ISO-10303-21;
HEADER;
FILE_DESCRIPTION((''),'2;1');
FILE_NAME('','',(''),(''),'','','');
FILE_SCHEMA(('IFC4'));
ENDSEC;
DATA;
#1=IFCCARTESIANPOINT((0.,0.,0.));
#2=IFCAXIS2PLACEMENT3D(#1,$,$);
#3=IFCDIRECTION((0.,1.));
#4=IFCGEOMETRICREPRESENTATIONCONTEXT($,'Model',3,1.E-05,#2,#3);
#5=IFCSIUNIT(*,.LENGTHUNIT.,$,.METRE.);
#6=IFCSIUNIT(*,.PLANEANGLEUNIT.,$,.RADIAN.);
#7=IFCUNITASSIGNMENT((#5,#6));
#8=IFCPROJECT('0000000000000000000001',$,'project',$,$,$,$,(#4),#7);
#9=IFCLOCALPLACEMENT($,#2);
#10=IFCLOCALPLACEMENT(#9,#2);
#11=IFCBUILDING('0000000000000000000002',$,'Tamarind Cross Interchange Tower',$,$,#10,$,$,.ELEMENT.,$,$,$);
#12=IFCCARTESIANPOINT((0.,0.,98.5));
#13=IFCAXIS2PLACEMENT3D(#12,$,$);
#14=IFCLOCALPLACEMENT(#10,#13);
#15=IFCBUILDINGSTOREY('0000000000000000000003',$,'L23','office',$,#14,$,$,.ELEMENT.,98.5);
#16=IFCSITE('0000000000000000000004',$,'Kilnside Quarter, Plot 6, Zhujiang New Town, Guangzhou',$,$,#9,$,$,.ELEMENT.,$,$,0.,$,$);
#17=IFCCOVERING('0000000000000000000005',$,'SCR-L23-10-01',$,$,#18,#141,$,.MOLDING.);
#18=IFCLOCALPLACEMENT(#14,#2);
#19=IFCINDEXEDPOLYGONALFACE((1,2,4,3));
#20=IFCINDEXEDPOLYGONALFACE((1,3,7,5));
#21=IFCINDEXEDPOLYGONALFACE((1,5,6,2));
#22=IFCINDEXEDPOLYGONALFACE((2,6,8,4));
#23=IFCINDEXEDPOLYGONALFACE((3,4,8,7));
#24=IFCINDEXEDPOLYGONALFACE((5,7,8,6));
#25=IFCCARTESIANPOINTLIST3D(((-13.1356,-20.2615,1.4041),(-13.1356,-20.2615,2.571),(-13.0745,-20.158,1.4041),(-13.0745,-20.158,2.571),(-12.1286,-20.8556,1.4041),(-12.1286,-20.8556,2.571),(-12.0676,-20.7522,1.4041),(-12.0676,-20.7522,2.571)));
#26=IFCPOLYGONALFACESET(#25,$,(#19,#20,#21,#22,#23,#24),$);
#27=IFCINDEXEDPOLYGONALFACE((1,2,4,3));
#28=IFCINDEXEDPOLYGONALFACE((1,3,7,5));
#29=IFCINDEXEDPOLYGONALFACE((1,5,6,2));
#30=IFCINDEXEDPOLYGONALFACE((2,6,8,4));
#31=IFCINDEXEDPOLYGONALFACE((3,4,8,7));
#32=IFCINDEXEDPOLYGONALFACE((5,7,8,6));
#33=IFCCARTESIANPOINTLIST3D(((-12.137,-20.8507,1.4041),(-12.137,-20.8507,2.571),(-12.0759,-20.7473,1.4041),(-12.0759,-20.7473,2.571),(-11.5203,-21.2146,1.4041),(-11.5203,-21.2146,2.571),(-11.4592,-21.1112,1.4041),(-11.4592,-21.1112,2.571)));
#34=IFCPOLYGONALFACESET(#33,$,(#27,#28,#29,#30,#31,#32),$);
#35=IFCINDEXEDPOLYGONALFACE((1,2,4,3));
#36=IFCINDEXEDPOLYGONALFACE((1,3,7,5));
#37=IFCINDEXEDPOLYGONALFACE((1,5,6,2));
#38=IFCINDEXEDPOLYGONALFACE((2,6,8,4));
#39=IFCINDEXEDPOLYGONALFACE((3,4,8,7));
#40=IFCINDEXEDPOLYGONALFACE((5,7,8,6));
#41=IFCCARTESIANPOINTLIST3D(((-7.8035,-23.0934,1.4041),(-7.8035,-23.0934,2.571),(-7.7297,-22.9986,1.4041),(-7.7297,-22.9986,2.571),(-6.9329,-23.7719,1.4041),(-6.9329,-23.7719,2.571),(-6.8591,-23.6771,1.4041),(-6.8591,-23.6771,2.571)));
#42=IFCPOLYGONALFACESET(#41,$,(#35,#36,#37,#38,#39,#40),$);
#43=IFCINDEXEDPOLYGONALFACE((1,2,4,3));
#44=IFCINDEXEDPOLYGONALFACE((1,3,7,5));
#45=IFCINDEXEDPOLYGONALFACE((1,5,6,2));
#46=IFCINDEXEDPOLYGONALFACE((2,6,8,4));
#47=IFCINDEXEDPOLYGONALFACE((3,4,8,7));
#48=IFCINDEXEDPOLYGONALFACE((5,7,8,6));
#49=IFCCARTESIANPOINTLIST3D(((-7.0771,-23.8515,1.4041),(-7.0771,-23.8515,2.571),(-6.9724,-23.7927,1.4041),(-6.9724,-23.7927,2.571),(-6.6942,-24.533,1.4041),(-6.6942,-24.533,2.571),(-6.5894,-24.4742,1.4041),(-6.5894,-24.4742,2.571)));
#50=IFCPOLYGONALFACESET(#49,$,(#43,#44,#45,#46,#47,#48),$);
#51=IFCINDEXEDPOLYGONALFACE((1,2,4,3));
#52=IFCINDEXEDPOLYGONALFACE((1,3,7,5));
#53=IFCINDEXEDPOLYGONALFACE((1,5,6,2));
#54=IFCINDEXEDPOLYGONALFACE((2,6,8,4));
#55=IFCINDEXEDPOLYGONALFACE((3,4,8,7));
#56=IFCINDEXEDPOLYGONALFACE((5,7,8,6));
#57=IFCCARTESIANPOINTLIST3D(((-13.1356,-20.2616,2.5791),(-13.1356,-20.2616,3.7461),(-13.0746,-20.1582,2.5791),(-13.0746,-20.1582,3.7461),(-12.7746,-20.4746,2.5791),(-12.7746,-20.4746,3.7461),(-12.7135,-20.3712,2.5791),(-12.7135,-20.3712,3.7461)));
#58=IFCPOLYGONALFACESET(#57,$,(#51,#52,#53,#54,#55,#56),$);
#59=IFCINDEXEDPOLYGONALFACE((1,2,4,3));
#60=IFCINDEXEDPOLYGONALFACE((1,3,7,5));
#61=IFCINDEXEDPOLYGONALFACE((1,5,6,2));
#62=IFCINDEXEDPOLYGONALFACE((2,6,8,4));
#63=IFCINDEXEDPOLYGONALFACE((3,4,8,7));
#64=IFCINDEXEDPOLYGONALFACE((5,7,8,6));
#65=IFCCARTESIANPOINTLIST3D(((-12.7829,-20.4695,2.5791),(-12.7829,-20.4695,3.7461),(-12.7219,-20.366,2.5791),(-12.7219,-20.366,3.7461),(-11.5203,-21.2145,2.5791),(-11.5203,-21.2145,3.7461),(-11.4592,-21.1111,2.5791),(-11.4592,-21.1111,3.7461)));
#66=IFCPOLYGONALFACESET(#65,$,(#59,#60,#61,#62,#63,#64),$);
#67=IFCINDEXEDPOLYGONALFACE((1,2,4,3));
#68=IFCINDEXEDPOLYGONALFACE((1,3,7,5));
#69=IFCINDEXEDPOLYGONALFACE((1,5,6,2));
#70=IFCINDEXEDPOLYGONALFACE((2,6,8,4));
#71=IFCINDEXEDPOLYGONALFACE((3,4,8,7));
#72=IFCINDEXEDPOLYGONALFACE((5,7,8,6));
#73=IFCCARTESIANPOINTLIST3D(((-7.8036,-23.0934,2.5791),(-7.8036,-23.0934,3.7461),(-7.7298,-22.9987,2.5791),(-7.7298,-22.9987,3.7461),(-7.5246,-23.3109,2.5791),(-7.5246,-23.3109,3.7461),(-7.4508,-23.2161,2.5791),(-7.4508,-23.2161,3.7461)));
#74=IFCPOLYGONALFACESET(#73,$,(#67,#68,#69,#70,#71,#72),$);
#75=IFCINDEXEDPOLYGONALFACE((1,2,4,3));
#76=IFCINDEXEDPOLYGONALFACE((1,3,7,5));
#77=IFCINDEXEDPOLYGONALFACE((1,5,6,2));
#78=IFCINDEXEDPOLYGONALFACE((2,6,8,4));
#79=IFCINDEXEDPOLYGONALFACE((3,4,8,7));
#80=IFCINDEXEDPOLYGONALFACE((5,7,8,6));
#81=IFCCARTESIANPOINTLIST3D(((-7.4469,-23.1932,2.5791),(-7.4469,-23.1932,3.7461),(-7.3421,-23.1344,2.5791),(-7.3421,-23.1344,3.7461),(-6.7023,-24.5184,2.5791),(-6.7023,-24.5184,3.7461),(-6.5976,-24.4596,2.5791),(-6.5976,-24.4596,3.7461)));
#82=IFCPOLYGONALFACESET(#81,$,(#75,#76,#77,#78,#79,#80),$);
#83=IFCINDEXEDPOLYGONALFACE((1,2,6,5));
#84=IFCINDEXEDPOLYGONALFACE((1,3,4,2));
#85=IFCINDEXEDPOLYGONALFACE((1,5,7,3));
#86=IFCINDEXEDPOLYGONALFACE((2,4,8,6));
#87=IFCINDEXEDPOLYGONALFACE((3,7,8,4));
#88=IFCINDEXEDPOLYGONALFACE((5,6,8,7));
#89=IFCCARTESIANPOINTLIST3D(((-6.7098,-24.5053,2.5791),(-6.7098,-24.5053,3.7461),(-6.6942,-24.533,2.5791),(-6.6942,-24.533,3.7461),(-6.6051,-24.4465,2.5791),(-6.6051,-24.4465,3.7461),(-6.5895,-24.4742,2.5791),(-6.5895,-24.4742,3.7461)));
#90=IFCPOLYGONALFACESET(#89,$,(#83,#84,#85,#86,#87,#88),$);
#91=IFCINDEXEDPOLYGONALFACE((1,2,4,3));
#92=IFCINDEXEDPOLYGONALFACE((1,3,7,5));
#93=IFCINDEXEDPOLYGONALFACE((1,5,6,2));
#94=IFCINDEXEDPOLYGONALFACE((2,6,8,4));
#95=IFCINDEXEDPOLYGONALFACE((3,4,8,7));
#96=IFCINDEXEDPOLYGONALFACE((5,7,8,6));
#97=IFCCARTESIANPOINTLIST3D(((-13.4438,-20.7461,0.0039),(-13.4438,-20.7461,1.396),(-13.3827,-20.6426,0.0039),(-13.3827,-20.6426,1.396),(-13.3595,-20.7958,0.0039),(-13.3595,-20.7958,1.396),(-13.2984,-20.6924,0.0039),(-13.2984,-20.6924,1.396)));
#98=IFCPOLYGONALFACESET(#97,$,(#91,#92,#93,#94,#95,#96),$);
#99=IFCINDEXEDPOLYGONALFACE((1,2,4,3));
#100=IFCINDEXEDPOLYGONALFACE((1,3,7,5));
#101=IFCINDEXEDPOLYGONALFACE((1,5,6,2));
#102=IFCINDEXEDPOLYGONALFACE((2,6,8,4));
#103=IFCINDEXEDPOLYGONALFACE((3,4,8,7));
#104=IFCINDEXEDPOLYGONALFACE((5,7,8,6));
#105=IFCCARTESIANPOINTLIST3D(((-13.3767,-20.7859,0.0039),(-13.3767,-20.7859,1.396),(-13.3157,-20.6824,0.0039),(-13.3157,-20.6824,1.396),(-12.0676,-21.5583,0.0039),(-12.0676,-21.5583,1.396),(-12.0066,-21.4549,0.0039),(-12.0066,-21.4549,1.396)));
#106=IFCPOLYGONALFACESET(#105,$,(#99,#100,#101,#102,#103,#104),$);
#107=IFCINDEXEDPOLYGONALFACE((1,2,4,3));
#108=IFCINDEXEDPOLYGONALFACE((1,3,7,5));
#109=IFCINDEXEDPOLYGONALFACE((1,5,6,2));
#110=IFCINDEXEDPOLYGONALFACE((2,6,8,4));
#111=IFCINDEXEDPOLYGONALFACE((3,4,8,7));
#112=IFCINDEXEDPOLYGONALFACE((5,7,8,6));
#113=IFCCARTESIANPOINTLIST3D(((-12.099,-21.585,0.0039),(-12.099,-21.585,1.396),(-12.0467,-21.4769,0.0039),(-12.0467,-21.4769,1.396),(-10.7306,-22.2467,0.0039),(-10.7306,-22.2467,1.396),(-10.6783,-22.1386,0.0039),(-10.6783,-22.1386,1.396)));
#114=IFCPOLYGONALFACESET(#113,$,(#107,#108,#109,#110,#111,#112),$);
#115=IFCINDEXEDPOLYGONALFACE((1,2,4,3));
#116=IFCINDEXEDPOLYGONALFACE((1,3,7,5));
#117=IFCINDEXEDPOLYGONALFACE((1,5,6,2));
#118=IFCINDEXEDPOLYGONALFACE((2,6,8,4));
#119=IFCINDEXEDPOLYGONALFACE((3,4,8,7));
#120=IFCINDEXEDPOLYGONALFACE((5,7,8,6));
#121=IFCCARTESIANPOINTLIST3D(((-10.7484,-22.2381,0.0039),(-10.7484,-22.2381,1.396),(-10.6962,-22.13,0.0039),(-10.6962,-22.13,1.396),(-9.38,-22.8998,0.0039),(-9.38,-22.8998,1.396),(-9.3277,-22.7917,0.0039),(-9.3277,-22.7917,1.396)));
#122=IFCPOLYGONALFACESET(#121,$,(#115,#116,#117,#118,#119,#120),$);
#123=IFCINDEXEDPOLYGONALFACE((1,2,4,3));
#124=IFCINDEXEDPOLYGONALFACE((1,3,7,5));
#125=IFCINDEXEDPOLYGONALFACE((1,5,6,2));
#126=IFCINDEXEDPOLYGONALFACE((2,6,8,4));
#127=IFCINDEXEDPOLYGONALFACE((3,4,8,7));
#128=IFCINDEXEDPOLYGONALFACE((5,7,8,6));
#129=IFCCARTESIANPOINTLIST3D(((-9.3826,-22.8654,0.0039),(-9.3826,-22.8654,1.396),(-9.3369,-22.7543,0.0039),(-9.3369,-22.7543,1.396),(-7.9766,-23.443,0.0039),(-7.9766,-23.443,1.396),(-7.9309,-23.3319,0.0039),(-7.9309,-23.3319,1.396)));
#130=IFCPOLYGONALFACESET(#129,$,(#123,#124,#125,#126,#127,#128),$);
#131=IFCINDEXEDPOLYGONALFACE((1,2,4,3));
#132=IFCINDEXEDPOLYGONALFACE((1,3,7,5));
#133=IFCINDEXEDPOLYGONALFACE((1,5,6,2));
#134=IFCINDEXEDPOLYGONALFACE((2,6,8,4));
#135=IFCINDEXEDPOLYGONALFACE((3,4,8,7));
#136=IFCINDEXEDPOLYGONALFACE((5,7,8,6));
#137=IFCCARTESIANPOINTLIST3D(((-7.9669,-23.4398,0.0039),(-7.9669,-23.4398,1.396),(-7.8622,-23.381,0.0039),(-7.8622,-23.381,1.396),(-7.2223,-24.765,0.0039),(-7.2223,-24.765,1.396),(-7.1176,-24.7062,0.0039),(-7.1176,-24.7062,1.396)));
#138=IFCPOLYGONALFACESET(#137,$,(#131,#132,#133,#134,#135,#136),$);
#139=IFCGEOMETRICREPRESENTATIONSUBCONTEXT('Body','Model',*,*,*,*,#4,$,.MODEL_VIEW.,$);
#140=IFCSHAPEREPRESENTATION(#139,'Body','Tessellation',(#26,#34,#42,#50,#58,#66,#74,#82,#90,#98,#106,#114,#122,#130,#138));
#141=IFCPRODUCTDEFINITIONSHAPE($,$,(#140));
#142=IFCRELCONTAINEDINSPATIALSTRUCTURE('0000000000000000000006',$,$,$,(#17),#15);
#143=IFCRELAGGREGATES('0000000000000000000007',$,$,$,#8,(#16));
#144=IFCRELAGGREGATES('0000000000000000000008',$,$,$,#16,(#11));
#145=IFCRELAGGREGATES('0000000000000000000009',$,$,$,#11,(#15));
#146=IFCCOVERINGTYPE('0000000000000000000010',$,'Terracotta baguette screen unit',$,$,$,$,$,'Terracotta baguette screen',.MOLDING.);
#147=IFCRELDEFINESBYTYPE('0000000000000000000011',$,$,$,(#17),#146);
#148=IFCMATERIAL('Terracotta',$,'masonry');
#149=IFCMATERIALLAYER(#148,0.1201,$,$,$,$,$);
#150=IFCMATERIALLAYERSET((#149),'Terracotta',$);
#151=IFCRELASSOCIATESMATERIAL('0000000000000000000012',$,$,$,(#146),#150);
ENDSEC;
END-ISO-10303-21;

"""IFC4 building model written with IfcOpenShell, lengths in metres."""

from ifc_helpers import new_model, si_unit, direction, frame, origin, origin_2d, place, context, subcontext, project, spatial, rectangle, extrude, material, layer, layer_set, type_object, element, save


model = new_model("IFC4")

# Units and contexts
model_context = context("Model", 3, precision=1e-05, world=origin(), true_north=direction((0.0, 1.0)))
body_context = subcontext(model_context, "Body", "Model", "MODEL_VIEW")
ifc_project = project(units=[si_unit("LENGTHUNIT", "METRE"), si_unit("PLANEANGLEUNIT", "RADIAN")], contexts=[model_context])

# Site, building, storey
site_placement = place(None, origin())
site = spatial("IfcSite", under=ifc_project, at=site_placement, Name="Kilnside Quarter, Plot 6, Zhujiang New Town, Guangzhou", CompositionType="ELEMENT", RefElevation=0.0)
building_placement = place(site_placement, origin())
building = spatial("IfcBuilding", under=site, at=building_placement, Name="Tamarind Cross Interchange Tower", CompositionType="ELEMENT")
storey_placement = place(building_placement, frame((0.0, 0.0, 98.5)))
storey = spatial("IfcBuildingStorey", under=building, at=storey_placement, Name="L23", Description="office", CompositionType="ELEMENT", Elevation=98.5)

# Covering
ifc_material_1 = material(Name="Terracotta", Category="masonry")
ifc_layer_1 = layer(ifc_material_1, 0.1201)
ifc_layer_set_1 = layer_set([ifc_layer_1], Name="Terracotta")
covering_type = type_object("IfcCoveringType", Name="Terracotta baguette screen unit", ElementType="Terracotta baguette screen", PredefinedType="MOLDING", material=ifc_layer_set_1)
covering_1_placement = place(storey_placement, origin())
element("IfcCovering", 1, at=covering_1_placement, inside=storey, type_object=covering_type, Name="SCR-L23-10-01", PredefinedType="MOLDING", context=body_context, shape_type="SweptSolid", body=[
    extrude(rectangle(XDim=1.1692, YDim=0.1201, at=origin_2d()), frame((-12.6016, -20.5068, 1.4041), z_axis=(0.0, 0.0, 1.0), x_axis=(0.861249, -0.508183, 0.0)), (0.0, 0.0, 1.0), 1.167),
    extrude(rectangle(XDim=0.7161, YDim=0.1201, at=origin_2d()), frame((-11.7981, -20.981, 1.4041), z_axis=(0.0, 0.0, 1.0), x_axis=(0.861249, -0.508183, 0.0)), (0.0, 0.0, 1.0), 1.167),
    extrude(rectangle(XDim=1.1038, YDim=0.1201, at=origin_2d()), frame((-7.3313, -23.3853, 1.4041), z_axis=(0.0, 0.0, 1.0), x_axis=(0.788748, -0.614716, 0.0)), (0.0, 0.0, 1.0), 1.167),
    extrude(rectangle(XDim=0.7817, YDim=0.1201, at=origin_2d()), frame((-6.8333, -24.1628, 1.4041), z_axis=(0.0, 0.0, 1.0), x_axis=(0.489833, -0.871816, 0.0)), (0.0, 0.0, 1.0), 1.167),
    extrude(rectangle(XDim=0.4192, YDim=0.1201, at=origin_2d()), frame((-12.9246, -20.3164, 2.5791), z_axis=(0.0, 0.0, 1.0), x_axis=(0.861249, -0.508183, 0.0)), (0.0, 0.0, 1.0), 1.167),
    extrude(rectangle(XDim=1.4661, YDim=0.1201, at=origin_2d()), frame((-12.1211, -20.7903, 2.5791), z_axis=(0.0, 0.0, 1.0), x_axis=(0.861249, -0.508183, 0.0)), (0.0, 0.0, 1.0), 1.167),
    extrude(rectangle(XDim=0.3538, YDim=0.1201, at=origin_2d()), frame((-7.6272, -23.1548, 2.5791), z_axis=(0.0, 0.0, 1.0), x_axis=(0.788748, -0.614716, 0.0)), (0.0, 0.0, 1.0), 1.167),
    extrude(rectangle(XDim=1.52, YDim=0.1201, at=origin_2d()), frame((-7.0222, -23.8264, 2.5791), z_axis=(0.0, 0.0, 1.0), x_axis=(0.489833, -0.871816, 0.0)), (0.0, 0.0, 1.0), 1.167),
    extrude(rectangle(XDim=0.0317, YDim=0.1201, at=origin_2d()), frame((-6.6497, -24.4897, 2.5791), z_axis=(0.0, 0.0, 1.0), x_axis=(0.489833, -0.871816, 0.0)), (0.0, 0.0, 1.0), 1.167),
    extrude(rectangle(XDim=0.0979, YDim=0.1201, at=origin_2d()), frame((-13.3711, -20.7192, 0.0039), z_axis=(0.0, 0.0, 1.0), x_axis=(0.861249, -0.508183, 0.0)), (0.0, 0.0, 1.0), 1.3921),
    extrude(rectangle(XDim=1.52, YDim=0.1201, at=origin_2d()), frame((-12.6917, -21.1204, 0.0039), z_axis=(0.0, 0.0, 1.0), x_axis=(0.861249, -0.508183, 0.0)), (0.0, 0.0, 1.0), 1.3921),
    extrude(rectangle(XDim=1.52, YDim=0.1201, at=origin_2d()), frame((-11.3887, -21.8618, 0.0039), z_axis=(0.0, 0.0, 1.0), x_axis=(0.900273, -0.435326, 0.0)), (0.0, 0.0, 1.0), 1.3921),
    extrude(rectangle(XDim=1.52, YDim=0.1201, at=origin_2d()), frame((-10.0381, -22.5149, 0.0039), z_axis=(0.0, 0.0, 1.0), x_axis=(0.900273, -0.435326, 0.0)), (0.0, 0.0, 1.0), 1.3921),
    extrude(rectangle(XDim=1.52, YDim=0.1201, at=origin_2d()), frame((-8.6567, -23.0986, 0.0039), z_axis=(0.0, 0.0, 1.0), x_axis=(0.92498, -0.380016, 0.0)), (0.0, 0.0, 1.0), 1.3921),
    extrude(rectangle(XDim=1.52, YDim=0.1201, at=origin_2d()), frame((-7.5422, -24.073, 0.0039), z_axis=(0.0, 0.0, 1.0), x_axis=(0.489833, -0.871816, 0.0)), (0.0, 0.0, 1.0), 1.3921),
])

save(model, "model.ifc")
